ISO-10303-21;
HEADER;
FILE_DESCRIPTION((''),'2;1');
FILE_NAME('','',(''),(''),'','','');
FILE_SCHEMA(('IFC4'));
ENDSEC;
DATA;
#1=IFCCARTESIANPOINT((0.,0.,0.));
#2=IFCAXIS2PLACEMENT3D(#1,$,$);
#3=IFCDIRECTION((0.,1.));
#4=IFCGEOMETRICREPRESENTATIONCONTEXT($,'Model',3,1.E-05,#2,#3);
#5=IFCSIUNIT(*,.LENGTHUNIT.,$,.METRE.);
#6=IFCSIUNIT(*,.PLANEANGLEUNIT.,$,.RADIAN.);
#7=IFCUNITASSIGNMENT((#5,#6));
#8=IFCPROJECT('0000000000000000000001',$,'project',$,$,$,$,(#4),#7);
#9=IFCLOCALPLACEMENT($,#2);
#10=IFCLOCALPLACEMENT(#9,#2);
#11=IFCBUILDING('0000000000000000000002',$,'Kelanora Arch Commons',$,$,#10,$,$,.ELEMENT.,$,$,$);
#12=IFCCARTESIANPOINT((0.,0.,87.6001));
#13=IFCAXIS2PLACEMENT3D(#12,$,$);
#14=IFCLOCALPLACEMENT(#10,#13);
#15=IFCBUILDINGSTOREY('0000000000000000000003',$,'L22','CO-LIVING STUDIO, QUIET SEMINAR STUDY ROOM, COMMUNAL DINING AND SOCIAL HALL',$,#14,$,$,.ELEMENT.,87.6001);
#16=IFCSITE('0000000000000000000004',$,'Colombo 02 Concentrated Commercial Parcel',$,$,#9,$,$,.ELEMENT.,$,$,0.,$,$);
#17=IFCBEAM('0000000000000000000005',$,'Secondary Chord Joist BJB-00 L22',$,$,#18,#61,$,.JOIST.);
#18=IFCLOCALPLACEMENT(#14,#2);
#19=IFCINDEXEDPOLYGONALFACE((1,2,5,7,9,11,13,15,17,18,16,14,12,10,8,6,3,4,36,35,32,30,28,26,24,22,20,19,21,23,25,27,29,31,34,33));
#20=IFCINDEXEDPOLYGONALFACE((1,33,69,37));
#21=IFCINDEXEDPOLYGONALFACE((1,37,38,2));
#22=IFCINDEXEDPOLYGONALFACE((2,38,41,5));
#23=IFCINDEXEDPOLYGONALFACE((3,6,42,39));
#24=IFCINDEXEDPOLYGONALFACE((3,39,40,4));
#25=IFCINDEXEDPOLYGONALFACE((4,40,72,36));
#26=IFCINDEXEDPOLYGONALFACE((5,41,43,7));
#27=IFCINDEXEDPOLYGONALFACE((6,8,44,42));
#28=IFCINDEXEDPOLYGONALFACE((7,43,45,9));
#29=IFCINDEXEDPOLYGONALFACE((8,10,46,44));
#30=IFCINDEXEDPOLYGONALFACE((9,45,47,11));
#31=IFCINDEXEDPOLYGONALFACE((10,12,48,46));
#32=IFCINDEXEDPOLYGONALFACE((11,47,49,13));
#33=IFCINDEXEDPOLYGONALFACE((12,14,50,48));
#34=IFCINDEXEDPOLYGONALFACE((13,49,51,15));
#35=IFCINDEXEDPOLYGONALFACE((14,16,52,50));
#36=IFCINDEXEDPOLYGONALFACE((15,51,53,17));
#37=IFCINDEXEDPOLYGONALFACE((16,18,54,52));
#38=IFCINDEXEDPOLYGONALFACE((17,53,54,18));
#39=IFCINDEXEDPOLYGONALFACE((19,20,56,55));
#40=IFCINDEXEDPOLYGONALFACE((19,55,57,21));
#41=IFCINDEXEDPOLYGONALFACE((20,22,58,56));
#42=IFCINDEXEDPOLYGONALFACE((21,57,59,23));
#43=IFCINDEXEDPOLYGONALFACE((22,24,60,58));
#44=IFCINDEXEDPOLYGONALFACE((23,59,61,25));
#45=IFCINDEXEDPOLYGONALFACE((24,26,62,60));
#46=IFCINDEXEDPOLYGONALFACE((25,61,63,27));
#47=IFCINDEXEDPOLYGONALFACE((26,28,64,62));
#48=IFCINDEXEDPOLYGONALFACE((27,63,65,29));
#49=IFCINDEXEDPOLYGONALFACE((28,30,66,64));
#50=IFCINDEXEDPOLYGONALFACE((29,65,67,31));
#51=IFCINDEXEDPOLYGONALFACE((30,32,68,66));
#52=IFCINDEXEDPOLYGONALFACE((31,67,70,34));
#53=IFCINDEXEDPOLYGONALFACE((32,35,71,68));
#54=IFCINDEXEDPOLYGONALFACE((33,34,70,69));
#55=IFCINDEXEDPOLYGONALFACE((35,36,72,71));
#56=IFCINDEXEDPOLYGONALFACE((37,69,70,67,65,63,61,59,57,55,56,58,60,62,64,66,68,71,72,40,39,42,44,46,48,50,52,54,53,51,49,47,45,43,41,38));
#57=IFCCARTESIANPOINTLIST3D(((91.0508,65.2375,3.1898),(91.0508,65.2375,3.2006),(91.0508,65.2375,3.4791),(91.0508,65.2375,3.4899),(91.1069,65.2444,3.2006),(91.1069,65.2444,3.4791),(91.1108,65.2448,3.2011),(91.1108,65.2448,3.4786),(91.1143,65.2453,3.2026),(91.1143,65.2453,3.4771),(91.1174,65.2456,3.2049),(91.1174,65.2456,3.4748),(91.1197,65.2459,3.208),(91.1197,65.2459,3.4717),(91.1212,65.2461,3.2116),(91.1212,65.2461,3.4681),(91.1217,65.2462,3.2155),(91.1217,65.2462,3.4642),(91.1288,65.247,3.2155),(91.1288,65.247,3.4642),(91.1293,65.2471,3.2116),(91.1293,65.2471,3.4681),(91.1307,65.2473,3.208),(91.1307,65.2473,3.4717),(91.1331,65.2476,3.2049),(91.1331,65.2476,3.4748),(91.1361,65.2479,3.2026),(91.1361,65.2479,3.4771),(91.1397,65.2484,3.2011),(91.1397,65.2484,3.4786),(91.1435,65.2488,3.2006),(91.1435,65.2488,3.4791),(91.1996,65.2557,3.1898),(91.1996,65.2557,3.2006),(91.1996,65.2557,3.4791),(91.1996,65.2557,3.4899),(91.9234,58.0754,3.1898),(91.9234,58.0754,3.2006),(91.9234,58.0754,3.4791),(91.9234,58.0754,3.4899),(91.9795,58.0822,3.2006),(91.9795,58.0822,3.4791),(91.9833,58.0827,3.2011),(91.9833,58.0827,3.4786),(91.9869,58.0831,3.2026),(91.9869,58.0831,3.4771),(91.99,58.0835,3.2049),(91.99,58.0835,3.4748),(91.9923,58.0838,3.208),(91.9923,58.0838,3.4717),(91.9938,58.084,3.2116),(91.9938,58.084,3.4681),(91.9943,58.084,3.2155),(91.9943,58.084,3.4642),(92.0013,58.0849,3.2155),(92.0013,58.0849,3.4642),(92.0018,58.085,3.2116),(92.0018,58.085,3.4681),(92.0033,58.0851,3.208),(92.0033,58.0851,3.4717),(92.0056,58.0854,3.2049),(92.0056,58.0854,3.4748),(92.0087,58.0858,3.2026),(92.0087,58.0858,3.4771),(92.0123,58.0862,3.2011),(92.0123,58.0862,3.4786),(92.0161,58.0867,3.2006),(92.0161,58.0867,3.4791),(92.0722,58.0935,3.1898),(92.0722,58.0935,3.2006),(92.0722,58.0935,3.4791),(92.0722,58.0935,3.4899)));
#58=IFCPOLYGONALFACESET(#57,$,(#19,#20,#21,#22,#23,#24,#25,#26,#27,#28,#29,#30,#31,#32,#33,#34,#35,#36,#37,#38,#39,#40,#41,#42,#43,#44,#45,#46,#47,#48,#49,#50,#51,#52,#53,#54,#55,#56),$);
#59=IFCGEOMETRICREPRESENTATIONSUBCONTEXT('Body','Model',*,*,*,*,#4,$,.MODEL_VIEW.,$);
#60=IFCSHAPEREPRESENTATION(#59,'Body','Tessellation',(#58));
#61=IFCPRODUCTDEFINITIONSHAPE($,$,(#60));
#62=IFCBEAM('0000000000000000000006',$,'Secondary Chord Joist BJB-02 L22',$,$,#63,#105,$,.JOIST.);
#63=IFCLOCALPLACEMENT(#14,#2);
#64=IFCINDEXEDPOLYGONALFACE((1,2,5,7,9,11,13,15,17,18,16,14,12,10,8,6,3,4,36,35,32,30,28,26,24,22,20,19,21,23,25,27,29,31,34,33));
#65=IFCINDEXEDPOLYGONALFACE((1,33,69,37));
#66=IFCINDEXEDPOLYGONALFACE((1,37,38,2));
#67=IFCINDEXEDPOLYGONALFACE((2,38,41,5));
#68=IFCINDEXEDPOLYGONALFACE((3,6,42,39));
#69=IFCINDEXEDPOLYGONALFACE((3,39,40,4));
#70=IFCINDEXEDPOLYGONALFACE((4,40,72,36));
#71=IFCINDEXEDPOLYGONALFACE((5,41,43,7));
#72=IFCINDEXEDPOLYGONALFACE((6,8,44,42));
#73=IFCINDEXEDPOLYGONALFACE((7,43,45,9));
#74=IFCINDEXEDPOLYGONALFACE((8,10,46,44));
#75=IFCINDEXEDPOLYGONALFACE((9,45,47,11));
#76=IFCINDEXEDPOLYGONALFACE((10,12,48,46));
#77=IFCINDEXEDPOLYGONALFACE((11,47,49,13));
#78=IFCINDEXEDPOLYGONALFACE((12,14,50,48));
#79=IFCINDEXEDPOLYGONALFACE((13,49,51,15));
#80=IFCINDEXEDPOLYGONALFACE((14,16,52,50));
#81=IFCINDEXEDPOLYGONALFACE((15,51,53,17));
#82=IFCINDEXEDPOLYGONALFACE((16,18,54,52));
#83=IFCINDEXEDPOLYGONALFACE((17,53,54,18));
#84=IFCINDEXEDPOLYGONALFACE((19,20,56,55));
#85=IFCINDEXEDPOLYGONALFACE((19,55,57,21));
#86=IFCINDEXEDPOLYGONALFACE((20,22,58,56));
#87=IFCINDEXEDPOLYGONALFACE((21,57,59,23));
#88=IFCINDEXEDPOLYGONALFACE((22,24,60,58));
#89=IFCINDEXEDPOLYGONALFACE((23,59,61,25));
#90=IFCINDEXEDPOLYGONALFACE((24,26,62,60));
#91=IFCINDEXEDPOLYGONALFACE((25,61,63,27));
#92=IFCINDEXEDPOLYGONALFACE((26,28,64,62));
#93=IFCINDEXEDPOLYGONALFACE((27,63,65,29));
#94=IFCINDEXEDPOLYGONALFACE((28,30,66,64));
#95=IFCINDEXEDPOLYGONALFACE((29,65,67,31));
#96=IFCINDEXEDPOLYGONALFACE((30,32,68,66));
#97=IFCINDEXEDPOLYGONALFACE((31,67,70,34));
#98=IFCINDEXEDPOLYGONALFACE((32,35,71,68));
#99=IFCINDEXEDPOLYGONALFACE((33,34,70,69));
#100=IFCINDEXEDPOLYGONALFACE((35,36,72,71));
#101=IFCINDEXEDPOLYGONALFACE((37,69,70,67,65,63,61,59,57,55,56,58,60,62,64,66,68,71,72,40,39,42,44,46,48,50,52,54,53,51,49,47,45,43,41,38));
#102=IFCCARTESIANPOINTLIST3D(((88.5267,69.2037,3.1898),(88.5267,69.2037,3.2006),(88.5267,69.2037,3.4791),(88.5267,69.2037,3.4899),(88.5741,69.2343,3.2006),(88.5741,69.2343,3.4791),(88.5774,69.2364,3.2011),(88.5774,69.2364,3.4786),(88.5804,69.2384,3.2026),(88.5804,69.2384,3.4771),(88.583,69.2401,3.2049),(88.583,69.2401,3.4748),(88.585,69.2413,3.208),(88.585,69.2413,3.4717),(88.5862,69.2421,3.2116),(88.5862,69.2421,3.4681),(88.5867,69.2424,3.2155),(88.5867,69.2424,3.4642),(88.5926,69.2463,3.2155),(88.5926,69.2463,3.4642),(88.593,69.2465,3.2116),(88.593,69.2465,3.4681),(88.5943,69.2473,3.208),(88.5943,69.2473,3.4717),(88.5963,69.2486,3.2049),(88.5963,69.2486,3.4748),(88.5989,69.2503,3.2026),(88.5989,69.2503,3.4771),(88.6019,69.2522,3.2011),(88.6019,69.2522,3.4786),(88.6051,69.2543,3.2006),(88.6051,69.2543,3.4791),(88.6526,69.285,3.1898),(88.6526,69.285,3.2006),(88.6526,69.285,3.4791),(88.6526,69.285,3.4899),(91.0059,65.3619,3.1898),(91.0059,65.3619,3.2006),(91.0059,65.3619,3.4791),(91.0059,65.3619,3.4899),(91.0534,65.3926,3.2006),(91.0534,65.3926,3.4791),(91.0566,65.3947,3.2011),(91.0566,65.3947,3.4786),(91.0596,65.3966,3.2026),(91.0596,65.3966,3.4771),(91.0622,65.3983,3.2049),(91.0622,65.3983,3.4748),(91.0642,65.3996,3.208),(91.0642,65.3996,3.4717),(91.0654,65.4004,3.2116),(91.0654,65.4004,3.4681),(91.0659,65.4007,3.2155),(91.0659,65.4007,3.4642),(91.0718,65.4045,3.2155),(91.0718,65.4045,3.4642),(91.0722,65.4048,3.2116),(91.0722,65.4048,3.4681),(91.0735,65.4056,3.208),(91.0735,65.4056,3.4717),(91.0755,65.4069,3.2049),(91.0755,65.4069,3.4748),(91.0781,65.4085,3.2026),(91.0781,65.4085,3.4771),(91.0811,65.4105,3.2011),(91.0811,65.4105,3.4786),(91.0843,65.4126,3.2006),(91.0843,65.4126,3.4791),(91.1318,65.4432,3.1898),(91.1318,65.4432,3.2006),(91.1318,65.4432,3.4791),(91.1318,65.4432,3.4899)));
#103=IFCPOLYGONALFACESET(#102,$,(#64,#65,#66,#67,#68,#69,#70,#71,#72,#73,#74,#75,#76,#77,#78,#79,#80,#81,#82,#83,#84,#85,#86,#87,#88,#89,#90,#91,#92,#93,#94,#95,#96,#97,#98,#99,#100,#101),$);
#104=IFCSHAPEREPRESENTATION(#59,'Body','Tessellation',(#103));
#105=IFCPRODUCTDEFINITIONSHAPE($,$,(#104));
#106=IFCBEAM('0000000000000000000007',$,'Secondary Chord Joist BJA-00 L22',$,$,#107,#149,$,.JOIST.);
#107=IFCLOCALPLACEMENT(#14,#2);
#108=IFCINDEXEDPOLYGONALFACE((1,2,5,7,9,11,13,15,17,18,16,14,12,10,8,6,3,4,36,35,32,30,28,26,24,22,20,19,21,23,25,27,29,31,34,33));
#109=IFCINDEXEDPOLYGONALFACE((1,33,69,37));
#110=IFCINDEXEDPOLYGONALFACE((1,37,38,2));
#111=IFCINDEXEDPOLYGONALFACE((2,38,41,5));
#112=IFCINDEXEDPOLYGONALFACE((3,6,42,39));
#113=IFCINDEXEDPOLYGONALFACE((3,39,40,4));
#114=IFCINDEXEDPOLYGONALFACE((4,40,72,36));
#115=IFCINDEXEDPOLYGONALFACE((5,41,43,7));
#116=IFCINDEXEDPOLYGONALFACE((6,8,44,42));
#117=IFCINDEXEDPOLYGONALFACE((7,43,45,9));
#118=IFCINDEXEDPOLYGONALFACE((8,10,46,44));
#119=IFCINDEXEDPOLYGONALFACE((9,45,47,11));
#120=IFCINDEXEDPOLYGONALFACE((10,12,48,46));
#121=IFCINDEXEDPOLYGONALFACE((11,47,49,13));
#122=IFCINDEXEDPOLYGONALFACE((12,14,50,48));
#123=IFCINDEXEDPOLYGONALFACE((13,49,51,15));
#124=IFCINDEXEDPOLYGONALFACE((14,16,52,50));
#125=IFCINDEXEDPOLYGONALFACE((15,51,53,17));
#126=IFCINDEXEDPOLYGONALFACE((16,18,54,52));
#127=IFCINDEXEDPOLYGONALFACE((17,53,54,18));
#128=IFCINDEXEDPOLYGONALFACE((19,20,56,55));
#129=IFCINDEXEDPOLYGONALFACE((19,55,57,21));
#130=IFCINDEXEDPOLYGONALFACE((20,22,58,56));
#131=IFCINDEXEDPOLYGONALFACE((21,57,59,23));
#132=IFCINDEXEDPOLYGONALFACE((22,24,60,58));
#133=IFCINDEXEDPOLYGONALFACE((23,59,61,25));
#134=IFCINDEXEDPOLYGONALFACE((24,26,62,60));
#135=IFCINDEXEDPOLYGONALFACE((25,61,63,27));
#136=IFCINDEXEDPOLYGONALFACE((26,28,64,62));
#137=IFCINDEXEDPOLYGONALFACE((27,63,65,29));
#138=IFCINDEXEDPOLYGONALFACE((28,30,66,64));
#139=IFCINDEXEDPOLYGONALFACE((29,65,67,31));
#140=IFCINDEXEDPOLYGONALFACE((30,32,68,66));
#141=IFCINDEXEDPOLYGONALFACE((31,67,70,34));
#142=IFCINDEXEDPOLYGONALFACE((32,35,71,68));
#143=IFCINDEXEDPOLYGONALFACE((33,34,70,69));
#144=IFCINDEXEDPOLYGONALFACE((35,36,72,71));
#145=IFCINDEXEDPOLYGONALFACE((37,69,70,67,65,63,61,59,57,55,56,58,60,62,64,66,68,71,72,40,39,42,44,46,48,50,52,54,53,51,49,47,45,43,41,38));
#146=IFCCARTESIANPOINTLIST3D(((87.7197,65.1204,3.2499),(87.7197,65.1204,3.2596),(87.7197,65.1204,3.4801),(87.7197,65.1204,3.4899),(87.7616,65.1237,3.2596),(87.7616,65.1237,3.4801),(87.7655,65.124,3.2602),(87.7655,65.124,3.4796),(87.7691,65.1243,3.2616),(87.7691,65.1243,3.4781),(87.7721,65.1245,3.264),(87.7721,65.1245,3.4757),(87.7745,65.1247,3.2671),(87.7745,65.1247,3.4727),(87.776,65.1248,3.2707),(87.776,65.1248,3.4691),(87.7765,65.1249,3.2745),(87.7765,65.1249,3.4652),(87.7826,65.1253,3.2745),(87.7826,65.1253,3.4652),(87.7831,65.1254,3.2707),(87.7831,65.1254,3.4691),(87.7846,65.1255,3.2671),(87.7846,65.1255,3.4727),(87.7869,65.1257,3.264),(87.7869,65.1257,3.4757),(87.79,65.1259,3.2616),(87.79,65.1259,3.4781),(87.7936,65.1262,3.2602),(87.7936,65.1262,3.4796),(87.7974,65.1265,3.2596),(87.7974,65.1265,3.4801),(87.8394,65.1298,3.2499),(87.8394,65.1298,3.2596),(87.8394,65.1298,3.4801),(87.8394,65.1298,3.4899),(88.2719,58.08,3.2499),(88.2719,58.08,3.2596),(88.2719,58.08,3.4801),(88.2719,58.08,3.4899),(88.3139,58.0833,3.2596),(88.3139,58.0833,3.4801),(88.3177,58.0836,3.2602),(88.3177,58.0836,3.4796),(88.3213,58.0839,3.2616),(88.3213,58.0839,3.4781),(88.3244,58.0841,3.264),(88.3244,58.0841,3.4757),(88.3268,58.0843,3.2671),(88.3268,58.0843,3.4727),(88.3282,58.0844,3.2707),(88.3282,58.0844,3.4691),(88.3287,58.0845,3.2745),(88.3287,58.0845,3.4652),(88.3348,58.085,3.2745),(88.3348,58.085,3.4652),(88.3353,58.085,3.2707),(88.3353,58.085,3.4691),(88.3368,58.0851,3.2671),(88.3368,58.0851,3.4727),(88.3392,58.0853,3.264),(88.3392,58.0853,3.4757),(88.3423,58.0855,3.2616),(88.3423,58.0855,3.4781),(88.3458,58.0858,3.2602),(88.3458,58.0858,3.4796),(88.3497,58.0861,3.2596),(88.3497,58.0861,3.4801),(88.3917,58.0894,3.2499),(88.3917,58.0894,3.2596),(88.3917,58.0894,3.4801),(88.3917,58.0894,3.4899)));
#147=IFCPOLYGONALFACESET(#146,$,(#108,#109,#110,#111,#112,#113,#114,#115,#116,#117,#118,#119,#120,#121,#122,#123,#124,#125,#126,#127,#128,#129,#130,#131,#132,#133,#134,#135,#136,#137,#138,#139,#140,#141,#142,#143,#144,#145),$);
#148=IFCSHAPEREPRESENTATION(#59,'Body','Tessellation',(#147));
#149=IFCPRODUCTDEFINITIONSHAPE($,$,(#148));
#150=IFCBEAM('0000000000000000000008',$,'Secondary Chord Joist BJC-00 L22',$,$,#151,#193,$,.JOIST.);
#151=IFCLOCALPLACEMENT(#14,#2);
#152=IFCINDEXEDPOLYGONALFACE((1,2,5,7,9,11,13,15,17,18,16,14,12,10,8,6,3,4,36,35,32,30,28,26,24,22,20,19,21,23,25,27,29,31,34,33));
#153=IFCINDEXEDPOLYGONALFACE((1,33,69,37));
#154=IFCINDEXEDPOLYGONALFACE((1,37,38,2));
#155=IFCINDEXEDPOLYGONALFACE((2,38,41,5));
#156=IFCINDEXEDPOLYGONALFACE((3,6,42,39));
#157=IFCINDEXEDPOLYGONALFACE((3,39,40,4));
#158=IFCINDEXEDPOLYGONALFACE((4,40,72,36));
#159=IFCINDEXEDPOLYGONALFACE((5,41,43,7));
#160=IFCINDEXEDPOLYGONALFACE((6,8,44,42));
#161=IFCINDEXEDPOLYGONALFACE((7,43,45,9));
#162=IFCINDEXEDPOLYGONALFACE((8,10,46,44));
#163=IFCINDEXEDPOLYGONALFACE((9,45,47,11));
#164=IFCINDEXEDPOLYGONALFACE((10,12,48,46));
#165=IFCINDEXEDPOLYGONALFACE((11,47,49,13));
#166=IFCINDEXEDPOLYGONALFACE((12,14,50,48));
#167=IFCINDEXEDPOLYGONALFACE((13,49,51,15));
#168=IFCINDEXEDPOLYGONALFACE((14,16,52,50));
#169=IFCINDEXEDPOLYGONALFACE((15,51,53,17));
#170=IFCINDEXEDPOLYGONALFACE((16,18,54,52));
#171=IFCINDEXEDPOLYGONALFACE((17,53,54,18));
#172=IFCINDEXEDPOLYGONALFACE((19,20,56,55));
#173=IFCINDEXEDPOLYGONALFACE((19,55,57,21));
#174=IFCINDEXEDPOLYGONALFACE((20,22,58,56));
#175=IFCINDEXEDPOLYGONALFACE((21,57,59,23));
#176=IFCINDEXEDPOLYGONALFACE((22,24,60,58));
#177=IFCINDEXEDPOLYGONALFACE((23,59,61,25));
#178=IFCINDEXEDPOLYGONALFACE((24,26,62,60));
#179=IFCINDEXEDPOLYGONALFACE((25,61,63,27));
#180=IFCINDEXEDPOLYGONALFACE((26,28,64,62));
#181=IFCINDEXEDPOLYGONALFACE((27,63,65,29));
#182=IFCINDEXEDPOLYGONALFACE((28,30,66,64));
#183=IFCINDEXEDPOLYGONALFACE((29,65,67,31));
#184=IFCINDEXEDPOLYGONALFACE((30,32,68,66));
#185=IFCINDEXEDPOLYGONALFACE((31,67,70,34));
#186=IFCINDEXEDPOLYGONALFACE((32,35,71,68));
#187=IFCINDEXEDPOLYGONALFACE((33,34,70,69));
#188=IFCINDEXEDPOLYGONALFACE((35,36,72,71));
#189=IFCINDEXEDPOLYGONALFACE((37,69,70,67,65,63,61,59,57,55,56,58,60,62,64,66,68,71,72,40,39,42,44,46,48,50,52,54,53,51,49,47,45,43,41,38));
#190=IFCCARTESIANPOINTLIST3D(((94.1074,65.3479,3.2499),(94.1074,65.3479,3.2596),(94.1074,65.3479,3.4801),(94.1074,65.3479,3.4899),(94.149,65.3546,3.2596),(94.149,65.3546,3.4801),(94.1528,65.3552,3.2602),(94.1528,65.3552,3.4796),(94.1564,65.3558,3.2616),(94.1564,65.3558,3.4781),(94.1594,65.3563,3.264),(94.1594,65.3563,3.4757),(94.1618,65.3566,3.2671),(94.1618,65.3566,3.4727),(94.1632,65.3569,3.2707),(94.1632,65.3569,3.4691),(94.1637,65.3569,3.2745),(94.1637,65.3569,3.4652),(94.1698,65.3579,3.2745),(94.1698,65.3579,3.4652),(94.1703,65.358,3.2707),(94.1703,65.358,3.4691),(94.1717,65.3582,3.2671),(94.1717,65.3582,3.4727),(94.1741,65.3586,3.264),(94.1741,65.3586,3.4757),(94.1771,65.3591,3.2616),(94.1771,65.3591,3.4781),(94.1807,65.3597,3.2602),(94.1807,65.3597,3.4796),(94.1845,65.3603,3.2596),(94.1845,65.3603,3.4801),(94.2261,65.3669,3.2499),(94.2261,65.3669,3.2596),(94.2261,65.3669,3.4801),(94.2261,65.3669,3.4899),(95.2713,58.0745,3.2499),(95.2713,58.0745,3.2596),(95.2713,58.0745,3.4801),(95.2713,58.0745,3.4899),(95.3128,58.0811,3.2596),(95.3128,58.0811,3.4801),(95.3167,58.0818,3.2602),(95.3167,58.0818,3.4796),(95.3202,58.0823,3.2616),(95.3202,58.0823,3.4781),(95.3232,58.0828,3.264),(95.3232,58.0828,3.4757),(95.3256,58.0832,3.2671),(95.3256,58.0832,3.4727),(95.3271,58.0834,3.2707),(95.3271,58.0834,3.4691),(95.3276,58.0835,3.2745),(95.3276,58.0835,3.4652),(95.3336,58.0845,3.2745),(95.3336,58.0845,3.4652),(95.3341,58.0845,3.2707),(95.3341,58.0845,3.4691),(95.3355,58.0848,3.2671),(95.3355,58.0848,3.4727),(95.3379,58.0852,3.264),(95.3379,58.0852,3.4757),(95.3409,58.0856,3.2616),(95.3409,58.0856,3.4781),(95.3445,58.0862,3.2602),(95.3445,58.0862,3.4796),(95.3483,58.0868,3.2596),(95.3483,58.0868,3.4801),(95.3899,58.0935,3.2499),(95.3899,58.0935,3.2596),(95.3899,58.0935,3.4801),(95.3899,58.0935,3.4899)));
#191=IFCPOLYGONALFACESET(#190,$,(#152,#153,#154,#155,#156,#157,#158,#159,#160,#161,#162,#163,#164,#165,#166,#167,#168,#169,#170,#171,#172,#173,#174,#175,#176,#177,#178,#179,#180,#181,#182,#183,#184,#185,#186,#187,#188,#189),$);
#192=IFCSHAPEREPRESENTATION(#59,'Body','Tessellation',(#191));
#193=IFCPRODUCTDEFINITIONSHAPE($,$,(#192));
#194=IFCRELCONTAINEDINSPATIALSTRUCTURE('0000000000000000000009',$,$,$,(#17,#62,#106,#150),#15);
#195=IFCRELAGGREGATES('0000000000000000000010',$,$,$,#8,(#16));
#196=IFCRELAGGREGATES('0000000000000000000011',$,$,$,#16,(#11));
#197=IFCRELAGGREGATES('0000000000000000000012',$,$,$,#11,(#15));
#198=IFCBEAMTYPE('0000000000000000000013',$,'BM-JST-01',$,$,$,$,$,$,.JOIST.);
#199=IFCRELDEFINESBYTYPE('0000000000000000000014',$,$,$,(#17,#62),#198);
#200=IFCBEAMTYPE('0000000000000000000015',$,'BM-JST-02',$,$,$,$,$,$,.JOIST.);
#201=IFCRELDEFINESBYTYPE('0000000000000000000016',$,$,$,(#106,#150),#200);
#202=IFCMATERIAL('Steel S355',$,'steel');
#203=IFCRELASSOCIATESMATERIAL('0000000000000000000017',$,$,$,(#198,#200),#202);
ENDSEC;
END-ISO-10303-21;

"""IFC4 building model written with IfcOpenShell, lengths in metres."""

from ifc_helpers import new_model, si_unit, direction, frame, origin, origin_2d, place, context, subcontext, project, spatial, i_section, extrude, material, material_profile, profile_set, type_object, element, save


model = new_model("IFC4")

# Units and contexts
model_context = context("Model", 3, precision=1e-05, world=origin(), true_north=direction((0.0, 1.0)))
body_context = subcontext(model_context, "Body", "Model", "MODEL_VIEW")
ifc_project = project(units=[si_unit("LENGTHUNIT", "METRE"), si_unit("PLANEANGLEUNIT", "RADIAN")], contexts=[model_context])

# Site, building, storey
site_placement = place(None, origin())
site = spatial("IfcSite", under=ifc_project, at=site_placement, Name="Colombo 02 Concentrated Commercial Parcel", CompositionType="ELEMENT", RefElevation=0.0)
building_placement = place(site_placement, origin())
building = spatial("IfcBuilding", under=site, at=building_placement, Name="Kelanora Arch Commons", CompositionType="ELEMENT")
storey_placement = place(building_placement, frame((0.0, 0.0, 87.6001)))
storey = spatial("IfcBuildingStorey", under=building, at=storey_placement, Name="L22", Description="CO-LIVING STUDIO, QUIET SEMINAR STUDY ROOM, COMMUNAL DINING AND SOCIAL HALL", CompositionType="ELEMENT", Elevation=87.6001)

# Beams
ifc_material_1 = material(Name="Steel S355", Category="steel")
ifc_material_profile_1 = material_profile(ifc_material_1, i_section(OverallWidth=0.1499, OverallDepth=0.3, WebThickness=0.0071, FlangeThickness=0.0107, FilletRadius=0.0149, at=origin_2d()), Name="IPE300")
ifc_profile_set_1 = profile_set([ifc_material_profile_1], Name="Steel S355")
beam_type_1 = type_object("IfcBeamType", Name="BM-JST-01", PredefinedType="JOIST", material=ifc_profile_set_1)
beam_1_placement = place(storey_placement, frame((91.9978, 58.0845, 3.3398), z_axis=(-0.120936, 0.99266, 0.0), x_axis=(-0.99266, -0.120936, 0.0)))
element("IfcBeam", 1, at=beam_1_placement, inside=storey, type_object=beam_type_1, Name="Secondary Chord Joist BJB-00 L22", PredefinedType="JOIST", context=body_context, shape_type="SweptSolid", body=[
    extrude(i_section(OverallWidth=0.1499, OverallDepth=0.3, WebThickness=0.0071, FlangeThickness=0.0107, FilletRadius=0.0149, at=origin_2d()), origin(), (0.0, 0.0, 1.0), 7.2151),
])
beam_2_placement = place(storey_placement, frame((91.0688, 65.4026, 3.3398), z_axis=(-0.54223, 0.84023, 0.0), x_axis=(-0.84023, -0.54223, 0.0)))
element("IfcBeam", 2, at=beam_2_placement, inside=storey, type_object=beam_type_1, Name="Secondary Chord Joist BJB-02 L22", PredefinedType="JOIST", context=body_context, shape_type="SweptSolid", body=[
    extrude(i_section(OverallWidth=0.1499, OverallDepth=0.3, WebThickness=0.0071, FlangeThickness=0.0107, FilletRadius=0.0149, at=origin_2d()), origin(), (0.0, 0.0, 1.0), 4.5723),
])
ifc_material_profile_2 = material_profile(ifc_material_1, i_section(OverallWidth=0.1201, OverallDepth=0.24, WebThickness=0.0061, FlangeThickness=0.0098, FilletRadius=0.0149, at=origin_2d()), Name="IPE240")
ifc_profile_set_2 = profile_set([ifc_material_profile_2], Name="Steel S355")
beam_type_2 = type_object("IfcBeamType", Name="BM-JST-02", PredefinedType="JOIST", material=ifc_profile_set_2)
beam_3_placement = place(storey_placement, frame((88.3318, 58.0847, 3.3699), z_axis=(-0.078201, 0.996938, 0.0), x_axis=(-0.996938, -0.078201, 0.0)))
element("IfcBeam", 3, at=beam_3_placement, inside=storey, type_object=beam_type_2, Name="Secondary Chord Joist BJA-00 L22", PredefinedType="JOIST", context=body_context, shape_type="SweptSolid", body=[
    extrude(i_section(OverallWidth=0.1201, OverallDepth=0.24, WebThickness=0.0061, FlangeThickness=0.0098, FilletRadius=0.0149, at=origin_2d()), origin(), (0.0, 0.0, 1.0), 7.062),
])
beam_4_placement = place(storey_placement, frame((95.3306, 58.084, 3.3699), z_axis=(-0.158, 0.987439, 0.0), x_axis=(-0.987439, -0.158, 0.0)))
element("IfcBeam", 4, at=beam_4_placement, inside=storey, type_object=beam_type_2, Name="Secondary Chord Joist BJC-00 L22", PredefinedType="JOIST", context=body_context, shape_type="SweptSolid", body=[
    extrude(i_section(OverallWidth=0.1201, OverallDepth=0.24, WebThickness=0.0061, FlangeThickness=0.0098, FilletRadius=0.0149, at=origin_2d()), origin(), (0.0, 0.0, 1.0), 7.366),
])

save(model, "model.ifc")
